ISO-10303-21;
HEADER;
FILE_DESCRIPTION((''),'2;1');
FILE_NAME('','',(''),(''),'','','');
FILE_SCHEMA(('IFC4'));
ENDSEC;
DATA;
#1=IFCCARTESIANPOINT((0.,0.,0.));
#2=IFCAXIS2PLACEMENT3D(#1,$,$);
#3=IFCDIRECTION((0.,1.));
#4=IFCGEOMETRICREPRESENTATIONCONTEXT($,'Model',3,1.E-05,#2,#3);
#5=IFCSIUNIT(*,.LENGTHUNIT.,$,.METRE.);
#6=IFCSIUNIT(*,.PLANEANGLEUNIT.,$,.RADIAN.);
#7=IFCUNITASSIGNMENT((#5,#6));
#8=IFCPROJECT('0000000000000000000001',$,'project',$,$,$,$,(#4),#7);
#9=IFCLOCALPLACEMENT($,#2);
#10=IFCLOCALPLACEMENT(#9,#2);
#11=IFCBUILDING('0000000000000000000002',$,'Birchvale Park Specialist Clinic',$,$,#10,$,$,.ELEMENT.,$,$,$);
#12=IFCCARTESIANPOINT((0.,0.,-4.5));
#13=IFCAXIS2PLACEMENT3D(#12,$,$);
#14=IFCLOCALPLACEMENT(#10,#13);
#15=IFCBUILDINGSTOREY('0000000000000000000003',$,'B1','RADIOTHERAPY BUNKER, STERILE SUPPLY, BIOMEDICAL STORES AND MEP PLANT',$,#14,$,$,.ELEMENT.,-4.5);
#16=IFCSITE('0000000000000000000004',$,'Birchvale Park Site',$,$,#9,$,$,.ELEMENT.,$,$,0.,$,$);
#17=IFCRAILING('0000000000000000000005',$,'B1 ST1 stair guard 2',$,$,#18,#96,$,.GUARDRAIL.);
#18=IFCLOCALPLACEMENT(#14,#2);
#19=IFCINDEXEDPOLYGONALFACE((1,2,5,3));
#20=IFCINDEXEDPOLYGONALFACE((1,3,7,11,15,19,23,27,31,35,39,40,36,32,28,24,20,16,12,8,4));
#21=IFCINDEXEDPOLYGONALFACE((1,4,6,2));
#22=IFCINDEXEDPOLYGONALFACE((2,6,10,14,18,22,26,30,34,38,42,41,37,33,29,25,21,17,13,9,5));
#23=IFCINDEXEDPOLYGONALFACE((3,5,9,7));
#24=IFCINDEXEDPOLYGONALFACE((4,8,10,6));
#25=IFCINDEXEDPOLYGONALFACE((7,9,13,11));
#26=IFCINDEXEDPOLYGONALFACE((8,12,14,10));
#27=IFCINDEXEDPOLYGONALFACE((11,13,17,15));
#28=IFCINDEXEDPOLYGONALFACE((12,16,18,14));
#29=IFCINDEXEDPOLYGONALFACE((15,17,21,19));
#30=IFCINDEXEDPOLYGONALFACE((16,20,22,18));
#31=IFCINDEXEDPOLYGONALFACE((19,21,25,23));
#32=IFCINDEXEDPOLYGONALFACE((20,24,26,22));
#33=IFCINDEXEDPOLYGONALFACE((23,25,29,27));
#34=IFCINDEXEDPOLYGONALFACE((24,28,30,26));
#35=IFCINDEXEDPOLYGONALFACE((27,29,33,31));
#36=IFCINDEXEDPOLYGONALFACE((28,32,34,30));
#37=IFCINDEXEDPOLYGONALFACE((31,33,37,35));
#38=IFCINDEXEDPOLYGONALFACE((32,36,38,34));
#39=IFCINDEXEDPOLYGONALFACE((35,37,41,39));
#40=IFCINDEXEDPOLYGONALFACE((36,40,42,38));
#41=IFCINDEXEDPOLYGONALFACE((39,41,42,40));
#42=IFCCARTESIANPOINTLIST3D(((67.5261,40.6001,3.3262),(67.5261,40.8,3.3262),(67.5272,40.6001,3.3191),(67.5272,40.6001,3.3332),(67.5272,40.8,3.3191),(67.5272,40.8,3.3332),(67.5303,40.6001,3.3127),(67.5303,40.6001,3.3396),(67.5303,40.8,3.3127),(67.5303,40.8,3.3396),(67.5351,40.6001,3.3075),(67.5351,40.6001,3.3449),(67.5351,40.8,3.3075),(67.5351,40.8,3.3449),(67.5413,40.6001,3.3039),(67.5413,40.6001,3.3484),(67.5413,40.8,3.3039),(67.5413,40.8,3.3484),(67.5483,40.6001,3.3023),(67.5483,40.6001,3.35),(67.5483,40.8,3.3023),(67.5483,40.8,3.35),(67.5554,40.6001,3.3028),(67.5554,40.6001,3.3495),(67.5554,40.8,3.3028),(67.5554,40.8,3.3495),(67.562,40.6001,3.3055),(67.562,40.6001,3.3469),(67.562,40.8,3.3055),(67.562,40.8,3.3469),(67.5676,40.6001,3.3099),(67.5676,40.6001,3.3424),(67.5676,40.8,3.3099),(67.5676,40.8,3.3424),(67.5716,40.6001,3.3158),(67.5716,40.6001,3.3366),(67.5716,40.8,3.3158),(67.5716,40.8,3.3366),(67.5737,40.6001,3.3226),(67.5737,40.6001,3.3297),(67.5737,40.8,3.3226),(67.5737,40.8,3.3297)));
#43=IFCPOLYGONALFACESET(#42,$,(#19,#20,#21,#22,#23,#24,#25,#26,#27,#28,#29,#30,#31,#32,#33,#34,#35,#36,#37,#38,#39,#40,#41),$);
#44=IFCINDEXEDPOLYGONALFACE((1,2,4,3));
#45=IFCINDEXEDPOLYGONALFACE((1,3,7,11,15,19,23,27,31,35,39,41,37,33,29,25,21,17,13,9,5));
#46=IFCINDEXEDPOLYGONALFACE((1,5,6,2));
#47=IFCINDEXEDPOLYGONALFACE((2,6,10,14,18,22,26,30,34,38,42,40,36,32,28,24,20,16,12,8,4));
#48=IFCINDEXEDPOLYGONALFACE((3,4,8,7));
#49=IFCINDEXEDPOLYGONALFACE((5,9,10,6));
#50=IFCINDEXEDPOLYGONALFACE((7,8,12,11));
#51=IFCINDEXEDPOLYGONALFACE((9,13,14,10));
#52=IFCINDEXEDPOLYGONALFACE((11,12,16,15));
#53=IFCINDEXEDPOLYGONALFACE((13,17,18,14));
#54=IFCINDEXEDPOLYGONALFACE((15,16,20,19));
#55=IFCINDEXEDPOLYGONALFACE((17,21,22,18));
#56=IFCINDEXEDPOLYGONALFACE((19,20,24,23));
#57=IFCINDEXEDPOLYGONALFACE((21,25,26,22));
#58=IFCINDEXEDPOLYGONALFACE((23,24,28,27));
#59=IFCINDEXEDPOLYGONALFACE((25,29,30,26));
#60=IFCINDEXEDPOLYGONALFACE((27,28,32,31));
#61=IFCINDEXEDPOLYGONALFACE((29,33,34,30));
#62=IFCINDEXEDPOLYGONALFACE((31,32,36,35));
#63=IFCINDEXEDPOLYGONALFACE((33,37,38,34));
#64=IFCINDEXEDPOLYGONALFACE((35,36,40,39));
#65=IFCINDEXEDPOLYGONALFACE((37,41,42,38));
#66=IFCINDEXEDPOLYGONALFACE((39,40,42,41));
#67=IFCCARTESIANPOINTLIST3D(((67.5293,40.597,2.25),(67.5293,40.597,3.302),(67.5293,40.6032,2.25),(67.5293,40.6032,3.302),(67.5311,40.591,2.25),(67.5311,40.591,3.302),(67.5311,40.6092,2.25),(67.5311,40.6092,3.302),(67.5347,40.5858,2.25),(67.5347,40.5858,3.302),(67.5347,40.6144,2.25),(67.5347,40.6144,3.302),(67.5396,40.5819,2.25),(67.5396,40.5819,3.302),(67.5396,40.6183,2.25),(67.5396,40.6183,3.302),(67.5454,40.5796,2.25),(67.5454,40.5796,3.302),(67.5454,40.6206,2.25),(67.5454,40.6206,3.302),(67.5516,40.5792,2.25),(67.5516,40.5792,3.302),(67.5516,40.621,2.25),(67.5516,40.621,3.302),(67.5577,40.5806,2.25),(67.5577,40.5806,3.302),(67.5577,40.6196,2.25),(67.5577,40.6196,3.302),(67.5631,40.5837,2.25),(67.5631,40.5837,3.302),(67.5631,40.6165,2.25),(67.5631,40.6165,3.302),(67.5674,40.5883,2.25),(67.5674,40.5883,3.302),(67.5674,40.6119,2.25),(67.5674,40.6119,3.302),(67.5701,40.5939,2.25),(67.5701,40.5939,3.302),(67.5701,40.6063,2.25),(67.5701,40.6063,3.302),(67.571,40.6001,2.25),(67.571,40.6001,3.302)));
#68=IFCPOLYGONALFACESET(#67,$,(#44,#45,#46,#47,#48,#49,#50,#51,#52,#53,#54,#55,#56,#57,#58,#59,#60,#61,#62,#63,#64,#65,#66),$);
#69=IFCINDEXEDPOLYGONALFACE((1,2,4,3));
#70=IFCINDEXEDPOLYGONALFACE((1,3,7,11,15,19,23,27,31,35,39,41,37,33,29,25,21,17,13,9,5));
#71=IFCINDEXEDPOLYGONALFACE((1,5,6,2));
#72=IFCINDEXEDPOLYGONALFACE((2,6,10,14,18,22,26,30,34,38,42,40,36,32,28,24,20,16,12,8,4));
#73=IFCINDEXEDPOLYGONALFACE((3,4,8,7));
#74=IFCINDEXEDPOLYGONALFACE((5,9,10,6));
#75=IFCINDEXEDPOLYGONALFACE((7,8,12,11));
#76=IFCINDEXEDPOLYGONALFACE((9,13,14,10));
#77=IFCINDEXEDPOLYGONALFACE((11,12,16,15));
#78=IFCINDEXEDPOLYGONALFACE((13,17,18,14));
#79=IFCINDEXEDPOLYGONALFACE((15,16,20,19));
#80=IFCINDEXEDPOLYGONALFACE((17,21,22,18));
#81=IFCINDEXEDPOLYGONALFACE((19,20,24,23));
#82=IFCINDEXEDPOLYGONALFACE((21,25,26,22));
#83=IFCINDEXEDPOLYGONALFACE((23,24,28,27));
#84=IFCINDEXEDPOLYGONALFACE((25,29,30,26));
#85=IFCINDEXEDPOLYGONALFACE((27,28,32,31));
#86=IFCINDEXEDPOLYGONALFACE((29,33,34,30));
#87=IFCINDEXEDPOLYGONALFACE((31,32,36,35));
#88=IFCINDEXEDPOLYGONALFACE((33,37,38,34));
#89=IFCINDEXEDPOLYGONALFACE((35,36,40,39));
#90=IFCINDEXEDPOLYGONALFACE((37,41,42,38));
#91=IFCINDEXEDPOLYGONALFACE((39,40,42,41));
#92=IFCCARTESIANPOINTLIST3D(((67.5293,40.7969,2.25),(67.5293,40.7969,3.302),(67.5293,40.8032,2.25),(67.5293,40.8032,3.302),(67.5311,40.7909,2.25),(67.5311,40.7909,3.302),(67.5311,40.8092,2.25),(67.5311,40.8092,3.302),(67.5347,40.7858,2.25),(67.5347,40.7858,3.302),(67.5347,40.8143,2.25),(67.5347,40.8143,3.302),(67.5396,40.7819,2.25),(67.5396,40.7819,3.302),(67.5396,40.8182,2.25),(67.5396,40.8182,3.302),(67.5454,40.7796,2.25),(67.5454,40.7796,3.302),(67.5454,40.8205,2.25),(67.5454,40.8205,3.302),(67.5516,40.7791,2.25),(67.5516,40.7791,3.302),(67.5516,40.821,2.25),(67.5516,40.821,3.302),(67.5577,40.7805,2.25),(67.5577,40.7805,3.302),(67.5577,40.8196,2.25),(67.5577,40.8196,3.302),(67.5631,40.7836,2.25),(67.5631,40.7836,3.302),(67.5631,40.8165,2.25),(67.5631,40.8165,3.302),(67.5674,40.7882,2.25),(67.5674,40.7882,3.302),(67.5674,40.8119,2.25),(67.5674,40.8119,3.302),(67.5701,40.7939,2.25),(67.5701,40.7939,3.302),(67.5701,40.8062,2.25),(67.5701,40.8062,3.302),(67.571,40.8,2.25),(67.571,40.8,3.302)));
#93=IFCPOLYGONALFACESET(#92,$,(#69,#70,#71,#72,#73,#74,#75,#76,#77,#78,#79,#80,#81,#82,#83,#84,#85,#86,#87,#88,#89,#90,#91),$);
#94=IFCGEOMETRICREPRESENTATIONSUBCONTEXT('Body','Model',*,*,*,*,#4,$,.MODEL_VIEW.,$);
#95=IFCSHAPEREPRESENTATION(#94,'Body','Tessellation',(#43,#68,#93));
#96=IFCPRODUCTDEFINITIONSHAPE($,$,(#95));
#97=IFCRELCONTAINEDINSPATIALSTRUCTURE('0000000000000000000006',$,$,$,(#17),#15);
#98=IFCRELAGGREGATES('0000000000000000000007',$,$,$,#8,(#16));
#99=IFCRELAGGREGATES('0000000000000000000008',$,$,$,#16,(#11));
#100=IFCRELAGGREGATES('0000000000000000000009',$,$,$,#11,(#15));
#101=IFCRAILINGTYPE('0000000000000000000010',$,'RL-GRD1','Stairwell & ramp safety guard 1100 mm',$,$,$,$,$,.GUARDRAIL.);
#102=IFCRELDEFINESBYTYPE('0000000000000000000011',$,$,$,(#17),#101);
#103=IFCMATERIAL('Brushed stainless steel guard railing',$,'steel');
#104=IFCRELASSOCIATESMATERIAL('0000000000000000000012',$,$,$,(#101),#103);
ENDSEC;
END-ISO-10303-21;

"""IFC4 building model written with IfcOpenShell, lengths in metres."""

from ifc_helpers import new_model, si_unit, direction, frame, origin, origin_2d, place, context, subcontext, project, spatial, circle, extrude, material, type_object, element, save


model = new_model("IFC4")

# Units and contexts
model_context = context("Model", 3, precision=1e-05, world=origin(), true_north=direction((0.0, 1.0)))
body_context = subcontext(model_context, "Body", "Model", "MODEL_VIEW")
ifc_project = project(units=[si_unit("LENGTHUNIT", "METRE"), si_unit("PLANEANGLEUNIT", "RADIAN")], contexts=[model_context])

# Site, building, storey
site_placement = place(None, origin())
site = spatial("IfcSite", under=ifc_project, at=site_placement, Name="Birchvale Park Site", CompositionType="ELEMENT", RefElevation=0.0)
building_placement = place(site_placement, origin())
building = spatial("IfcBuilding", under=site, at=building_placement, Name="Birchvale Park Specialist Clinic", CompositionType="ELEMENT")
storey_placement = place(building_placement, frame((0.0, 0.0, -4.5)))
storey = spatial("IfcBuildingStorey", under=building, at=storey_placement, Name="B1", Description="RADIOTHERAPY BUNKER, STERILE SUPPLY, BIOMEDICAL STORES AND MEP PLANT", CompositionType="ELEMENT", Elevation=-4.5)

# Railing
ifc_material_1 = material(Name="Brushed stainless steel guard railing", Category="steel")
railing_type_1 = type_object("IfcRailingType", Name="RL-GRD1", Description="Stairwell & ramp safety guard 1100 mm", PredefinedType="GUARDRAIL", material=ifc_material_1)
railing_1_placement = place(storey_placement, frame((67.55, 40.6001, 2.25)))
element("IfcRailing", 1, at=railing_1_placement, inside=storey, type_object=railing_type_1, Name="B1 ST1 stair guard 2", PredefinedType="GUARDRAIL", context=body_context, shape_type="SweptSolid", body=[
    extrude(circle(Radius=0.0239, at=origin_2d()), frame((0.0, 0.0, 1.0762), z_axis=(0.0, 1.0, 0.0), x_axis=(-1.0, 0.0, 0.0)), (0.0, 0.0, 1.0), 0.2),
    extrude(circle(Radius=0.021, at=origin_2d()), origin(), (0.0, 0.0, 1.0), 1.052),
    extrude(circle(Radius=0.021, at=origin_2d()), frame((0.0, 0.2, 0.0)), (0.0, 0.0, 1.0), 1.052),
])

save(model, "model.ifc")
